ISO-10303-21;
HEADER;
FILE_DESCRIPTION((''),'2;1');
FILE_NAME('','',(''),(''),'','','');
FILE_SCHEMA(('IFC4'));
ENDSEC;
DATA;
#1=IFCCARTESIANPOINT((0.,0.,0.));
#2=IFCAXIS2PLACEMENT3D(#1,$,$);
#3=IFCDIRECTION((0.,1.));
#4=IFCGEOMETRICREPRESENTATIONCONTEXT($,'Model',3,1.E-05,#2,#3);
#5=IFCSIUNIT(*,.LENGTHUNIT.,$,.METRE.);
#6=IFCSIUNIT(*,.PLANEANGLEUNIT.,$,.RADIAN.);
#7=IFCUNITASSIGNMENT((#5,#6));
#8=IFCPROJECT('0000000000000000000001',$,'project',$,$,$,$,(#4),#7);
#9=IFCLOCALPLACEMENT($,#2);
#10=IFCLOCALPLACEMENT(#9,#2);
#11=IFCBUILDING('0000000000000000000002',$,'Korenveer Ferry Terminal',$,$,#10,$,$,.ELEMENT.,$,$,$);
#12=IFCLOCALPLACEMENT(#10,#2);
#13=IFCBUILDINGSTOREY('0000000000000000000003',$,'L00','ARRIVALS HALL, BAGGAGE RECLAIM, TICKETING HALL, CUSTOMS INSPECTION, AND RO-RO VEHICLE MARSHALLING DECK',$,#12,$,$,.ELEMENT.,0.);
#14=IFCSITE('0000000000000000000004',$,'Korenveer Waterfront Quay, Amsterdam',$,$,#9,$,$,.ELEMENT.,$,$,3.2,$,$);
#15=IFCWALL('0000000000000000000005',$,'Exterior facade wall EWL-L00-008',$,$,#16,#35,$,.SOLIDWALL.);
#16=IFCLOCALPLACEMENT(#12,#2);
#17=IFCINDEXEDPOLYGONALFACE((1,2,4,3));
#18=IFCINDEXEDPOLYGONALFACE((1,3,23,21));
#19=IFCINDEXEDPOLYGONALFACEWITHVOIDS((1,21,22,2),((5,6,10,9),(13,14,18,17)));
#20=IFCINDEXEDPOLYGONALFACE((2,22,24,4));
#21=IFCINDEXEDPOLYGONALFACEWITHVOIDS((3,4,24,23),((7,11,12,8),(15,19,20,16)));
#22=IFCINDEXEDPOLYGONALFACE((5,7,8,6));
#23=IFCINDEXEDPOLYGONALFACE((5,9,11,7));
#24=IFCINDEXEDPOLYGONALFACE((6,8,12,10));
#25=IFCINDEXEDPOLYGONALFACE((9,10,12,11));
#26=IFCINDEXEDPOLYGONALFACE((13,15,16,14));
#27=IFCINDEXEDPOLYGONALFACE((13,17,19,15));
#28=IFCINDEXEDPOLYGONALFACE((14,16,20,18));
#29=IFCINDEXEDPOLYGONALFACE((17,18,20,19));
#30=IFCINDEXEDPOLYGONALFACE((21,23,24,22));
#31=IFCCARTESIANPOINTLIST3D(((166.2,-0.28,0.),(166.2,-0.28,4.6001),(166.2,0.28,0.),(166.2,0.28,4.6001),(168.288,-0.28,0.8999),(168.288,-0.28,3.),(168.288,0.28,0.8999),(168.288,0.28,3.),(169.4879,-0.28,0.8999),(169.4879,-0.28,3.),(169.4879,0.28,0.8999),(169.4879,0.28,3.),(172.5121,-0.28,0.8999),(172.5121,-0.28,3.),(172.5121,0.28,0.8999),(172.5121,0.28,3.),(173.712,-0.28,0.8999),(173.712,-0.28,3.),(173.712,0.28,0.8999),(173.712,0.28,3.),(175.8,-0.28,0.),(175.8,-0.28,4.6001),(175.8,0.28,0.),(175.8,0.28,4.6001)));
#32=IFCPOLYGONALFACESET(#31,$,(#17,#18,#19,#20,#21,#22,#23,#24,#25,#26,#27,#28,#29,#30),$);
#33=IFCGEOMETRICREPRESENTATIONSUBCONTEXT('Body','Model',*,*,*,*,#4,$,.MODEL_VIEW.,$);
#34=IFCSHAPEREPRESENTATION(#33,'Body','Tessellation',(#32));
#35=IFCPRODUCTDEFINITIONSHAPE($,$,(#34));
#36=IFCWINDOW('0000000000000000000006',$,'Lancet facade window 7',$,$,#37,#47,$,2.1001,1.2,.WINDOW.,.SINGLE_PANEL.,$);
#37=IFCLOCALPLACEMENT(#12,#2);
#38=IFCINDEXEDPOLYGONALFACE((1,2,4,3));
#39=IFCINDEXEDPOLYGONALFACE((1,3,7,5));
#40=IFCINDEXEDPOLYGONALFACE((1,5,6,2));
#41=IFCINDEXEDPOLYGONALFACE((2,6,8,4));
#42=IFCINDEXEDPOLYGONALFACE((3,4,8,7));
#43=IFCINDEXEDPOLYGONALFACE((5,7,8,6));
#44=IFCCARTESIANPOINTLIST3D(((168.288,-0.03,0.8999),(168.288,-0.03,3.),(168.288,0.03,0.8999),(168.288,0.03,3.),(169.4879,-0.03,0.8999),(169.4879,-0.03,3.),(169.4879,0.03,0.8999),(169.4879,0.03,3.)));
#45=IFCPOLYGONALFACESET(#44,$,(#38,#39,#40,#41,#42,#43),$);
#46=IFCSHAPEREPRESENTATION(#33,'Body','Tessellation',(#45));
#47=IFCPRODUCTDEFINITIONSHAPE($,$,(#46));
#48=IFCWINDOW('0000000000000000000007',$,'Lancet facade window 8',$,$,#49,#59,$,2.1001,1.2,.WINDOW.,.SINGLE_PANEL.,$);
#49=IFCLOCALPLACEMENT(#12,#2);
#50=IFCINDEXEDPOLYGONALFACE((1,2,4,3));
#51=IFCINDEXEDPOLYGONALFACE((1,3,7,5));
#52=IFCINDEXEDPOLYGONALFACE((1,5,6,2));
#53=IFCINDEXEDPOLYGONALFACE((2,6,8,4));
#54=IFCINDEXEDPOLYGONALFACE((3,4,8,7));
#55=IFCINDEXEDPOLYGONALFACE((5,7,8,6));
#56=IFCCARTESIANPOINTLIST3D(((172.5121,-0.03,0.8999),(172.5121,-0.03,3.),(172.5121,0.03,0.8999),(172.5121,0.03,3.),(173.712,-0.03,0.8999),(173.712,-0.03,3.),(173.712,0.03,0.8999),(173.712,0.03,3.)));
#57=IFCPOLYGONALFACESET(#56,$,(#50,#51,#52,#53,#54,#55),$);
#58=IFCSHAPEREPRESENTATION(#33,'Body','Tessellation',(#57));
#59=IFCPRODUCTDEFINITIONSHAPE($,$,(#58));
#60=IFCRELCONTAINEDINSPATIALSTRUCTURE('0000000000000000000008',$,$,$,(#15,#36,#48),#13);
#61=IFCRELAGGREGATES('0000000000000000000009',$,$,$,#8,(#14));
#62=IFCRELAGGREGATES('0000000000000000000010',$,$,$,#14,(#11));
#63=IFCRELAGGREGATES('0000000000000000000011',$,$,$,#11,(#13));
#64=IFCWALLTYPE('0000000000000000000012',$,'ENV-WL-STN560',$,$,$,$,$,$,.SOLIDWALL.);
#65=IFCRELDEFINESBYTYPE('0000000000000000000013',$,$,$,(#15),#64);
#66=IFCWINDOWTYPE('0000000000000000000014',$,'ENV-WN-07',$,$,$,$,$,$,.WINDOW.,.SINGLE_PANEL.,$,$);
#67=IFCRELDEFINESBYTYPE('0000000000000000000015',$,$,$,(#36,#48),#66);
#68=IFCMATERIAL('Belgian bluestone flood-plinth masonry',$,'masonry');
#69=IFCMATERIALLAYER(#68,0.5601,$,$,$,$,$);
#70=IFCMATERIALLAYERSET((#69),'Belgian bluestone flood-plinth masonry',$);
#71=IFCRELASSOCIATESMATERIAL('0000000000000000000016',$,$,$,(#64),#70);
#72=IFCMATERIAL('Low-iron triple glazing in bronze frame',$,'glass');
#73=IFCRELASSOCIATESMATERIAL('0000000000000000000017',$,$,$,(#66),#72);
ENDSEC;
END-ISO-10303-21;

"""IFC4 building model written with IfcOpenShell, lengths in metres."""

from ifc_helpers import new_model, si_unit, direction, frame, frame_2d, origin, place, context, subcontext, project, spatial, rectangle, extrude, material, layer, layer_set, type_object, element, fill, save


model = new_model("IFC4")

# Units and contexts
model_context = context("Model", 3, precision=1e-05, world=origin(), true_north=direction((0.0, 1.0)))
body_context = subcontext(model_context, "Body", "Model", "MODEL_VIEW")
ifc_project = project(units=[si_unit("LENGTHUNIT", "METRE"), si_unit("PLANEANGLEUNIT", "RADIAN")], contexts=[model_context])

# Site, building, storey
site_placement = place(None, origin())
site = spatial("IfcSite", under=ifc_project, at=site_placement, Name="Korenveer Waterfront Quay, Amsterdam", CompositionType="ELEMENT", RefElevation=3.2)
building_placement = place(site_placement, origin())
building = spatial("IfcBuilding", under=site, at=building_placement, Name="Korenveer Ferry Terminal", CompositionType="ELEMENT")
storey_placement = place(building_placement, origin())
storey = spatial("IfcBuildingStorey", under=building, at=storey_placement, Name="L00", Description="ARRIVALS HALL, BAGGAGE RECLAIM, TICKETING HALL, CUSTOMS INSPECTION, AND RO-RO VEHICLE MARSHALLING DECK", CompositionType="ELEMENT", Elevation=0.0)

# Wall, openings, windows
ifc_material_1 = material(Name="Belgian bluestone flood-plinth masonry", Category="masonry")
ifc_layer_1 = layer(ifc_material_1, 0.5601)
ifc_layer_set_1 = layer_set([ifc_layer_1], Name="Belgian bluestone flood-plinth masonry")
wall_type = type_object("IfcWallType", Name="ENV-WL-STN560", PredefinedType="SOLIDWALL", material=ifc_layer_set_1)
wall_placement = place(storey_placement, frame((166.2, 0.0, 0.0), z_axis=(0.0, 0.0, 1.0), x_axis=(1.0, 0.0, 0.0)))
wall = element("IfcWall", 1, at=wall_placement, inside=storey, type_object=wall_type, Name="Exterior facade wall EWL-L00-008", PredefinedType="SOLIDWALL", context=body_context, shape_type="SweptSolid", body=[
    extrude(rectangle(XDim=9.6001, YDim=0.5601, at=frame_2d((4.8, 0.0))), origin(), (0.0, 0.0, 1.0), 4.6001),
])
opening_1_placement = place(wall_placement, frame((2.0879, 0.0, 0.8999)))
opening_1 = element("IfcOpeningElement", 2, at=opening_1_placement, cuts=wall, PredefinedType="OPENING", context=body_context, shape_type="SweptSolid", body=[
    extrude(rectangle(XDim=1.2, YDim=2.1001, at=frame_2d((0.6001, 1.05))), frame((0.0, 0.29, 0.0), z_axis=(0.0, -1.0, 0.0), x_axis=(1.0, 0.0, 0.0)), (0.0, 0.0, 1.0), 0.5801),
])
opening_2_placement = place(wall_placement, frame((6.312, 0.0, 0.8999)))
opening_2 = element("IfcOpeningElement", 3, at=opening_2_placement, cuts=wall, PredefinedType="OPENING", context=body_context, shape_type="SweptSolid", body=[
    extrude(rectangle(XDim=1.2, YDim=2.1001, at=frame_2d((0.6001, 1.05))), frame((0.0, 0.29, 0.0), z_axis=(0.0, -1.0, 0.0), x_axis=(1.0, 0.0, 0.0)), (0.0, 0.0, 1.0), 0.5801),
])
ifc_material_2 = material(Name="Low-iron triple glazing in bronze frame", Category="glass")
window_type = type_object("IfcWindowType", Name="ENV-WN-07", PartitioningType="SINGLE_PANEL", PredefinedType="WINDOW", material=ifc_material_2)
window_1_placement = place(opening_1_placement, origin())
window_1 = element("IfcWindow", 4, at=window_1_placement, inside=storey, type_object=window_type, Name="Lancet facade window 7", OverallHeight=2.1001, OverallWidth=1.2, PartitioningType="SINGLE_PANEL", PredefinedType="WINDOW", context=body_context, shape_type="SweptSolid", body=[
    extrude(rectangle(XDim=1.2, YDim=2.1001, at=frame_2d((0.6001, 1.05))), frame((0.0, 0.03, 0.0), z_axis=(0.0, -1.0, 0.0), x_axis=(1.0, 0.0, 0.0)), (0.0, 0.0, 1.0), 0.0601),
])
fill(opening_1, window_1)
window_2_placement = place(opening_2_placement, origin())
window_2 = element("IfcWindow", 5, at=window_2_placement, inside=storey, type_object=window_type, Name="Lancet facade window 8", OverallHeight=2.1001, OverallWidth=1.2, PartitioningType="SINGLE_PANEL", PredefinedType="WINDOW", context=body_context, shape_type="SweptSolid", body=[
    extrude(rectangle(XDim=1.2, YDim=2.1001, at=frame_2d((0.6001, 1.05))), frame((0.0, 0.03, 0.0), z_axis=(0.0, -1.0, 0.0), x_axis=(1.0, 0.0, 0.0)), (0.0, 0.0, 1.0), 0.0601),
])
fill(opening_2, window_2)

save(model, "model.ifc")
